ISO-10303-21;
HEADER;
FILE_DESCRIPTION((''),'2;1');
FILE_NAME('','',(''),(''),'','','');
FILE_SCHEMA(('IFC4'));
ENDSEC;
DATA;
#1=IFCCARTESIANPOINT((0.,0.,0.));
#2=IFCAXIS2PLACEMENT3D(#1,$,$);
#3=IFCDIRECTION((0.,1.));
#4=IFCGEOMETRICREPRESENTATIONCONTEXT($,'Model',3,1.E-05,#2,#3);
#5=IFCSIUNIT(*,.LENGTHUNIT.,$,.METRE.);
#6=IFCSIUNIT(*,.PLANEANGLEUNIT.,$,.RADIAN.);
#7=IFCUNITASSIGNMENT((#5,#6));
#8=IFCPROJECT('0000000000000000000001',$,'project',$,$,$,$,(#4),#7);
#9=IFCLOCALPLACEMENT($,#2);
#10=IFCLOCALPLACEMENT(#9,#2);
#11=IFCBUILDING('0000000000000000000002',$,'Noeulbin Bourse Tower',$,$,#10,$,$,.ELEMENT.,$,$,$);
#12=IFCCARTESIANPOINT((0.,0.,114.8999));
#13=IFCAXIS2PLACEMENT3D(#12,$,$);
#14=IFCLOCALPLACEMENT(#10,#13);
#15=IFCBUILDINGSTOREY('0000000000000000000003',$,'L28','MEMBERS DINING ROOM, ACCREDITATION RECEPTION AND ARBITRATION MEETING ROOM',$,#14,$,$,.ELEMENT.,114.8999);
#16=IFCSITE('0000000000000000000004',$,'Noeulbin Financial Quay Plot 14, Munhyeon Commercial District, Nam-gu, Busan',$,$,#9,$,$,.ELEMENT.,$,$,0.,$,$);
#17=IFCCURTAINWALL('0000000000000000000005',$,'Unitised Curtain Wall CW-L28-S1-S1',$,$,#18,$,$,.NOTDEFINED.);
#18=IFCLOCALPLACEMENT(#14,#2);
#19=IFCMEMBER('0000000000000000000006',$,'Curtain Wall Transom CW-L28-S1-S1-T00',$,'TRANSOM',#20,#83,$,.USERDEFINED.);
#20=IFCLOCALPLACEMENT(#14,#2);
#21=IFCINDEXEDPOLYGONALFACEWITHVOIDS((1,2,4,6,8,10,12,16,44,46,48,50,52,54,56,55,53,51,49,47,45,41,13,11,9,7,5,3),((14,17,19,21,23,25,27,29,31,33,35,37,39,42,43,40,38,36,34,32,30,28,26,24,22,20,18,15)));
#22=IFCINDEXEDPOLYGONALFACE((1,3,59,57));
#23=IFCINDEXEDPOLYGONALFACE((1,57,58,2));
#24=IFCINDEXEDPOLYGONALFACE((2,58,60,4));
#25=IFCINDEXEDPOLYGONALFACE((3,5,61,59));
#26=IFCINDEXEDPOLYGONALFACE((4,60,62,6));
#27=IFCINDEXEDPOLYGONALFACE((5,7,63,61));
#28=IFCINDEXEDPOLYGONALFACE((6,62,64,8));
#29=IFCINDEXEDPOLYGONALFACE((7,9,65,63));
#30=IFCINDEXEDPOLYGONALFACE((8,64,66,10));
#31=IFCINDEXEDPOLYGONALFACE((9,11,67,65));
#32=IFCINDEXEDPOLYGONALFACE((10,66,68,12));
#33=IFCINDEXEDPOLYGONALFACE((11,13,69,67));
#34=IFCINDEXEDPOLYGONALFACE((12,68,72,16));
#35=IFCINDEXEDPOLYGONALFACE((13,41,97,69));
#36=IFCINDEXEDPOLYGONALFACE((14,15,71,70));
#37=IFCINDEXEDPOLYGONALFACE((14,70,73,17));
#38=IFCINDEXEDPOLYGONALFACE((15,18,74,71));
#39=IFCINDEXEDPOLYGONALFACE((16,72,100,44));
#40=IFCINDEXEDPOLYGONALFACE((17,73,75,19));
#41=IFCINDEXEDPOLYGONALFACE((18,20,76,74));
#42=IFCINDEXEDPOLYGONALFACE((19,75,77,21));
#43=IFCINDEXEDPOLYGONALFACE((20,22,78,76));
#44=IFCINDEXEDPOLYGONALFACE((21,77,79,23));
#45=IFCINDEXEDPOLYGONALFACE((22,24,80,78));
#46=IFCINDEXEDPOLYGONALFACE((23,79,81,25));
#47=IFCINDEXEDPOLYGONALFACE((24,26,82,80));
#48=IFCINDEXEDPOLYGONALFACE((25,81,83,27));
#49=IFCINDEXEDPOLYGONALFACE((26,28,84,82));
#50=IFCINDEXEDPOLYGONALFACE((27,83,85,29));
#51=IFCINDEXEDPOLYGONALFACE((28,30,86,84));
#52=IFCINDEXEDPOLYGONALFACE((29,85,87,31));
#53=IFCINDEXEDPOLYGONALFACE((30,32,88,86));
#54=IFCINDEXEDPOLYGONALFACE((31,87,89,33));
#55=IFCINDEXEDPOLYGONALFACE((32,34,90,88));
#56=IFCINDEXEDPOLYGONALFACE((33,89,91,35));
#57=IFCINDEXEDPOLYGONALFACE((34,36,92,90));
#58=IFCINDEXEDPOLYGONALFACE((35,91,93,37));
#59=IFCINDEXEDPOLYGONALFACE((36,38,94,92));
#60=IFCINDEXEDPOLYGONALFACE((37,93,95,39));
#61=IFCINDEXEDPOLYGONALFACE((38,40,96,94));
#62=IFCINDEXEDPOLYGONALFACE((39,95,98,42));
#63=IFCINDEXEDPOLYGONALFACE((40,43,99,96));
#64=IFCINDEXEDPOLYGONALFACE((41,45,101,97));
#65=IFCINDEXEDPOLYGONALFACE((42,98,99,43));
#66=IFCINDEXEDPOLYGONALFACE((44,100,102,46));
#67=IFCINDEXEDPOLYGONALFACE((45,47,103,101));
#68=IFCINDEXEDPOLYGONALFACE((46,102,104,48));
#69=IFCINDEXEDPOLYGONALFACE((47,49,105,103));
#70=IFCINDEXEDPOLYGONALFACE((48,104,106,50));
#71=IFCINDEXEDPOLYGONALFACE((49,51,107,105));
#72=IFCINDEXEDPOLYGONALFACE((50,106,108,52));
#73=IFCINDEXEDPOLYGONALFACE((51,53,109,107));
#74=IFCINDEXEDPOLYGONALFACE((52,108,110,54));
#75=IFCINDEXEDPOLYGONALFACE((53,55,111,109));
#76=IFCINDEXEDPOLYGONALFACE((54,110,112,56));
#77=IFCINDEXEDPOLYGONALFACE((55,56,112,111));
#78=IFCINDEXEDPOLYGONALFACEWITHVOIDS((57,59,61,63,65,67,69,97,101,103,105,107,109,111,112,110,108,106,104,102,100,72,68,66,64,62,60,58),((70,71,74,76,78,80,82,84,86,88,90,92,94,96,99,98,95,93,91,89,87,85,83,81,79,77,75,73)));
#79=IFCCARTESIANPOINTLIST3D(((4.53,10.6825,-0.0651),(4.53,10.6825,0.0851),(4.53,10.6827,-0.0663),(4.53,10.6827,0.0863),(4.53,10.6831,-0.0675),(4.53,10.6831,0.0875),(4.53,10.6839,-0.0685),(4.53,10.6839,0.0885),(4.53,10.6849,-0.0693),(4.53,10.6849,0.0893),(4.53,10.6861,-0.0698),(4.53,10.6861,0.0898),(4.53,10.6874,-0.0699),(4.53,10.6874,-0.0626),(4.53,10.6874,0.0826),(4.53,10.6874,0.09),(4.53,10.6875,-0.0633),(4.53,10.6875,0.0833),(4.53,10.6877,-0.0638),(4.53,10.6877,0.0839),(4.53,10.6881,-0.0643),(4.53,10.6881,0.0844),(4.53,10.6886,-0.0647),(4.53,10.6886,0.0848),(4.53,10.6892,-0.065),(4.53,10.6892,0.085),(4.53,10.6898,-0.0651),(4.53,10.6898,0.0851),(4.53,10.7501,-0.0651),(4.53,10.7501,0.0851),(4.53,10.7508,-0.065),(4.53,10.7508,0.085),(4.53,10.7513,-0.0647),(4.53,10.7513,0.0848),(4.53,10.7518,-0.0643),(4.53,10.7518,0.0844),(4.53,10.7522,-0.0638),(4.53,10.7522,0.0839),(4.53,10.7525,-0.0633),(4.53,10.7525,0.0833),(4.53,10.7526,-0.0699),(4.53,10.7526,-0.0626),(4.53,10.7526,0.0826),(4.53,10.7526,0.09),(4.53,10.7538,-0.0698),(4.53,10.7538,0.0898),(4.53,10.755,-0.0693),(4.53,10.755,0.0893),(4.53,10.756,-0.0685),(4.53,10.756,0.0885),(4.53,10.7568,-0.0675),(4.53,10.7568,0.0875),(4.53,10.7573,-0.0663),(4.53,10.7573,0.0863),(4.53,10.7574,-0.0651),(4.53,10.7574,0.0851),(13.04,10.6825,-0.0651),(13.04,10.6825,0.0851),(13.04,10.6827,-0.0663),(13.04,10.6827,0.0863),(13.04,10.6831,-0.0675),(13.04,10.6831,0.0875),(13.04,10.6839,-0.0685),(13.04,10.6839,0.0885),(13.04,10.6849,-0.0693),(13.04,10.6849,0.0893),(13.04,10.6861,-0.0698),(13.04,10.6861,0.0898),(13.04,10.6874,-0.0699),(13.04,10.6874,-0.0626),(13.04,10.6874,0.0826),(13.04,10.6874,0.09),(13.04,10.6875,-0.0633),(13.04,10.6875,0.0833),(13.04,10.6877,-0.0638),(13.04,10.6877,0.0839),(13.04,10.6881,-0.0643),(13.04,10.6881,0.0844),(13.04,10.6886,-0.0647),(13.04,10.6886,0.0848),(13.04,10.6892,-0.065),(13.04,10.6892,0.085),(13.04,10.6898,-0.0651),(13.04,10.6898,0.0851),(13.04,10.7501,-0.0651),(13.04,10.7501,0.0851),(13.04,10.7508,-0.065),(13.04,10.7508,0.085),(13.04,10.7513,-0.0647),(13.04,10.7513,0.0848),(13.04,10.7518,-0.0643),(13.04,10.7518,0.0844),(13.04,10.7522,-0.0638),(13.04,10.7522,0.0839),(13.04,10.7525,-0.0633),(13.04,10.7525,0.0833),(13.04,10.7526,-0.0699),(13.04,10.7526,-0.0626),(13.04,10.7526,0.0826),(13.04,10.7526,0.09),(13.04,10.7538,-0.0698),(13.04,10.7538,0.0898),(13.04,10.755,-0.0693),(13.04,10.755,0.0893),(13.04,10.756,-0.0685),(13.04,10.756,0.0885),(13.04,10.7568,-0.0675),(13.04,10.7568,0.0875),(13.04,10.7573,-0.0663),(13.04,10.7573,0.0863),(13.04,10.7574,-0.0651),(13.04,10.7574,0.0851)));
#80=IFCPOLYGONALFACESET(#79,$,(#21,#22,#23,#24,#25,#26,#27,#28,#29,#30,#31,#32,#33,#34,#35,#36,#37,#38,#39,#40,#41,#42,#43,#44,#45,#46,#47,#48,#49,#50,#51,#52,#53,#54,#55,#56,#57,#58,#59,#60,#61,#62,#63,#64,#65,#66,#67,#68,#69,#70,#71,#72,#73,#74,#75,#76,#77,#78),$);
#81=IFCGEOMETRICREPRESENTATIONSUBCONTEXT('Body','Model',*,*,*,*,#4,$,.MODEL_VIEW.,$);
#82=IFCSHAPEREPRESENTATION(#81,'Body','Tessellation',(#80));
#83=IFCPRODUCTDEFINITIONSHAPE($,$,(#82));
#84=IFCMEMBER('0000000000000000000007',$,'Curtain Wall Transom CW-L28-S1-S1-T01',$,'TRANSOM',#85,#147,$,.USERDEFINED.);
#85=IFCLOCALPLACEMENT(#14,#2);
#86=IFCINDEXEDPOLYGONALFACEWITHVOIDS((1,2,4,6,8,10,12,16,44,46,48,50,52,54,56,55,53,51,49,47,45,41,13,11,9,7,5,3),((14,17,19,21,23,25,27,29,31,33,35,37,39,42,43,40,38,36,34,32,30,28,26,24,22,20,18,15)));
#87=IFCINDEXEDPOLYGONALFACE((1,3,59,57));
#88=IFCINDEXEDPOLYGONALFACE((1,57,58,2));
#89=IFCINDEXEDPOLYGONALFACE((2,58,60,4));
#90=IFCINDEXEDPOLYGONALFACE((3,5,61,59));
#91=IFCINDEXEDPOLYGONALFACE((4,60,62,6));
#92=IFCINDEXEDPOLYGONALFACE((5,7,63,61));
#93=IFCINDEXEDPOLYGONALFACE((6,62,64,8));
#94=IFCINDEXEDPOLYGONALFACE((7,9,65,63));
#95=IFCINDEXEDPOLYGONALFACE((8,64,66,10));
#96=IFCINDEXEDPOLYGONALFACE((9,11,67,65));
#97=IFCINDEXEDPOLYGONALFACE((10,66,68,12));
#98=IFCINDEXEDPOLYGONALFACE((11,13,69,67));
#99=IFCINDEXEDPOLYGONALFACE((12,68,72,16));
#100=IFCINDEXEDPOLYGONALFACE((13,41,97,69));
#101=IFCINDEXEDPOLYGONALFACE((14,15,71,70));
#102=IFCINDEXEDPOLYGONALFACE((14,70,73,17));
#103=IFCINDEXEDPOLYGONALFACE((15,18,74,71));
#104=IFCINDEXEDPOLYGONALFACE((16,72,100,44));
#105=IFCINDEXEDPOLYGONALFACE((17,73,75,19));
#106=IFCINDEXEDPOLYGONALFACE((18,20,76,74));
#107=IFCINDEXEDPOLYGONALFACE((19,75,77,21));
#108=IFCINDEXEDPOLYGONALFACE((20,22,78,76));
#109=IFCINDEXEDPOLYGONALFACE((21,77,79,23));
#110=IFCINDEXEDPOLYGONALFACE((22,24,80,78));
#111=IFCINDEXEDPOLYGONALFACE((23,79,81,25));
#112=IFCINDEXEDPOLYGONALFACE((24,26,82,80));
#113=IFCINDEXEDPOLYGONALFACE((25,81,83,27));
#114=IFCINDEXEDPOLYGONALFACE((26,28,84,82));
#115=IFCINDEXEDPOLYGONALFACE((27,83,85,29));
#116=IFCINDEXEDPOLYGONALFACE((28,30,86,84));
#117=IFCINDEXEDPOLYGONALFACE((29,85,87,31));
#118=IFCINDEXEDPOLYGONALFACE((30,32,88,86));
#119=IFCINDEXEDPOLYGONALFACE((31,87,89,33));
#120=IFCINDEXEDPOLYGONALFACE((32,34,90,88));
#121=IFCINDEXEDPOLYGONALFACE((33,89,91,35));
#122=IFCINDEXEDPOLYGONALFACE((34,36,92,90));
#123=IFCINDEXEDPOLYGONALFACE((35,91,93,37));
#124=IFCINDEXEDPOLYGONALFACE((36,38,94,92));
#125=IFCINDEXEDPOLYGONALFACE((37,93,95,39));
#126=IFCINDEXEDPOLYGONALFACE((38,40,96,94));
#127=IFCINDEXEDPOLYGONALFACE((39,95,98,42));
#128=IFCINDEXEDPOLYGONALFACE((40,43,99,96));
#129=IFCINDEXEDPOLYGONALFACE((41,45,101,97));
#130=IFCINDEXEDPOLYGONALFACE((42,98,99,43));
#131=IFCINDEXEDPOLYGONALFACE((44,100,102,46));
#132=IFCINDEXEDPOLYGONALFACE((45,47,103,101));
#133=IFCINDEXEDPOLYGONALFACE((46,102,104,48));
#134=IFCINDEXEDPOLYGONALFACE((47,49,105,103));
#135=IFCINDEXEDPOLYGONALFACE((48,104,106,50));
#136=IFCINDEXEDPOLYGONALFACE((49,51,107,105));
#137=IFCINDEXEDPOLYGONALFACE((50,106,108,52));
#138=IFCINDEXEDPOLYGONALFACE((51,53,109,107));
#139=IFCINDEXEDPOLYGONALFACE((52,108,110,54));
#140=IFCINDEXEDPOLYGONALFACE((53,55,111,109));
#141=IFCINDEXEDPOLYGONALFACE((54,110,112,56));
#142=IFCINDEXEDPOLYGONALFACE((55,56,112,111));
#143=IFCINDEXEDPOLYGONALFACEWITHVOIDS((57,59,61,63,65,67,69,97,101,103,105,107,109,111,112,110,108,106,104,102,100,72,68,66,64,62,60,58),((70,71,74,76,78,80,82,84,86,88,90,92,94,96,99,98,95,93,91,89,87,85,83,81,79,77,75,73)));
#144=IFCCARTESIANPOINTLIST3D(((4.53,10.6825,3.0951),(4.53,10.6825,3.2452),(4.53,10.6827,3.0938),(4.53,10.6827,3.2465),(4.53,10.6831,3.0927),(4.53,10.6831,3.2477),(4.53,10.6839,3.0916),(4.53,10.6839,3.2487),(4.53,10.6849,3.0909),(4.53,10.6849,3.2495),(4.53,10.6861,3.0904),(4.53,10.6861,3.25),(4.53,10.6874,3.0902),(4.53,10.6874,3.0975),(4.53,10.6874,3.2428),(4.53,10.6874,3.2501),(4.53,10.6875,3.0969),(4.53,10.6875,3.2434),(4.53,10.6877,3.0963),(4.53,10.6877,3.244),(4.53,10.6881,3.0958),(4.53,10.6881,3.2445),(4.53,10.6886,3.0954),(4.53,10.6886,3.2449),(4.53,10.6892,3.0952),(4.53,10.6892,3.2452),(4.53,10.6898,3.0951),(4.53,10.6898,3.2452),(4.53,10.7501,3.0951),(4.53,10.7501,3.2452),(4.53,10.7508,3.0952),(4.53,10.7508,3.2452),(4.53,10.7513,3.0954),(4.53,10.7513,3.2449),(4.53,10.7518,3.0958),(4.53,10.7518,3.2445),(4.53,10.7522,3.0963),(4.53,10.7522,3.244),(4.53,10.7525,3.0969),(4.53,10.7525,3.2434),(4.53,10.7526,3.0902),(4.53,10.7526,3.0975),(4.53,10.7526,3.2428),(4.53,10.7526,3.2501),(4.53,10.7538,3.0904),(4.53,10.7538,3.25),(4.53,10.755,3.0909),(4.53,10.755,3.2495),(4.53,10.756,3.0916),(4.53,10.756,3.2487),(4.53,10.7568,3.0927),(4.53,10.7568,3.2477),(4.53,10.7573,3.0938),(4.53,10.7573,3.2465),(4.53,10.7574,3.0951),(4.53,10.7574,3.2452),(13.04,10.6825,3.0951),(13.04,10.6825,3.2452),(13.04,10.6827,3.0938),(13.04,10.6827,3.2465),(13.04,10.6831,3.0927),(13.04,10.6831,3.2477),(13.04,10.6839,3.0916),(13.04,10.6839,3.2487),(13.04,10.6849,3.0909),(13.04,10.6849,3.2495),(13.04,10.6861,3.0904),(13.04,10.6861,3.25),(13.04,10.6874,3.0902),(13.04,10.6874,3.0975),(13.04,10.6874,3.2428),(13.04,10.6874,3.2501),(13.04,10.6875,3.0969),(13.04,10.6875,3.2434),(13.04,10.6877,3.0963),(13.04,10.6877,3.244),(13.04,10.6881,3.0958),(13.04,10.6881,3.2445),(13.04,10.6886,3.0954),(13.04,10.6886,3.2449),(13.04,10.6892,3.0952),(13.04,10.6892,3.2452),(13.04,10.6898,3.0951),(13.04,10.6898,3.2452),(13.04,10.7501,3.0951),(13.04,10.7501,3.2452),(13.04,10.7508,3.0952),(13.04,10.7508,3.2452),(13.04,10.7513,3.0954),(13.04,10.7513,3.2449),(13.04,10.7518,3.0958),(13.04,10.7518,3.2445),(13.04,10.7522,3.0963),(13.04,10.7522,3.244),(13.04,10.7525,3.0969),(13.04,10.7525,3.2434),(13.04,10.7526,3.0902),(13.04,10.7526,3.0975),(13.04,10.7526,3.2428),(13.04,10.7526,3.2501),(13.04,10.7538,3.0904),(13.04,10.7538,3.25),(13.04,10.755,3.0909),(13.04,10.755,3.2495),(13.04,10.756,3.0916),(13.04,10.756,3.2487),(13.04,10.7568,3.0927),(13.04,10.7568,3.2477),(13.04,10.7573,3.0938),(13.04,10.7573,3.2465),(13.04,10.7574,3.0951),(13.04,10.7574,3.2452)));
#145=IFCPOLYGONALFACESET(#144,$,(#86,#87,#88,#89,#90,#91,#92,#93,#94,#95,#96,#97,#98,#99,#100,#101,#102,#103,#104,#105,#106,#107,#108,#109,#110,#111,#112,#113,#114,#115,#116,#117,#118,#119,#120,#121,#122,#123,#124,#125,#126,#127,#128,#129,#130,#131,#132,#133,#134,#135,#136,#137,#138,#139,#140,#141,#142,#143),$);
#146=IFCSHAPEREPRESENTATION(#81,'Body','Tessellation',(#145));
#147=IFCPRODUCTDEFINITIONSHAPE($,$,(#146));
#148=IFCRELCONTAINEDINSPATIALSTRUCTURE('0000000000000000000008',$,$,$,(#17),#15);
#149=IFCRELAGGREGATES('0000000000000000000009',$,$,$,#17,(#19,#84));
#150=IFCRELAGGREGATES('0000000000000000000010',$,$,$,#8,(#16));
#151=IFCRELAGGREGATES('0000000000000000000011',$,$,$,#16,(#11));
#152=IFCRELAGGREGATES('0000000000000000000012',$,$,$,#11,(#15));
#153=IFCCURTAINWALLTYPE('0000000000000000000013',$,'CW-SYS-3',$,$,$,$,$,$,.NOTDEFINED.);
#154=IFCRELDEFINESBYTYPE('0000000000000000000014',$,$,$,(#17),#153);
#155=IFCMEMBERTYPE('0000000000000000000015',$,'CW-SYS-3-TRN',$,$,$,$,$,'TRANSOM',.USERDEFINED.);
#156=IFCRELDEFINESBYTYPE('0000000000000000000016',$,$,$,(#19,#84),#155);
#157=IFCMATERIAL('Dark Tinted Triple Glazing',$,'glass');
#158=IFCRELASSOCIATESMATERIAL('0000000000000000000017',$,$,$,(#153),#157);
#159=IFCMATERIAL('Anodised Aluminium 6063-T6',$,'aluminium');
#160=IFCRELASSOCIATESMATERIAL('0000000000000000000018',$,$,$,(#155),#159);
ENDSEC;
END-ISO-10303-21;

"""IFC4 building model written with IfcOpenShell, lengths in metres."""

from ifc_helpers import new_model, si_unit, direction, frame, origin, origin_2d, place, context, subcontext, project, spatial, hollow_rectangle, extrude, material, material_profile, profile_set, type_object, element, aggregate, save


model = new_model("IFC4")

# Units and contexts
model_context = context("Model", 3, precision=1e-05, world=origin(), true_north=direction((0.0, 1.0)))
body_context = subcontext(model_context, "Body", "Model", "MODEL_VIEW")
ifc_project = project(units=[si_unit("LENGTHUNIT", "METRE"), si_unit("PLANEANGLEUNIT", "RADIAN")], contexts=[model_context])

# Site, building, storey
site_placement = place(None, origin())
site = spatial("IfcSite", under=ifc_project, at=site_placement, Name="Noeulbin Financial Quay Plot 14, Munhyeon Commercial District, Nam-gu, Busan", CompositionType="ELEMENT", RefElevation=0.0)
building_placement = place(site_placement, origin())
building = spatial("IfcBuilding", under=site, at=building_placement, Name="Noeulbin Bourse Tower", CompositionType="ELEMENT")
storey_placement = place(building_placement, frame((0.0, 0.0, 114.8999)))
storey = spatial("IfcBuildingStorey", under=building, at=storey_placement, Name="L28", Description="MEMBERS DINING ROOM, ACCREDITATION RECEPTION AND ARBITRATION MEETING ROOM", CompositionType="ELEMENT", Elevation=114.8999)

# Curtain wall
ifc_material_1 = material(Name="Dark Tinted Triple Glazing", Category="glass")
curtain_wall_type = type_object("IfcCurtainWallType", Name="CW-SYS-3", PredefinedType="NOTDEFINED", material=ifc_material_1)
curtain_wall_1_placement = place(storey_placement, origin())
curtain_wall_1 = element("IfcCurtainWall", 1, at=curtain_wall_1_placement, inside=storey, type_object=curtain_wall_type, Name="Unitised Curtain Wall CW-L28-S1-S1", PredefinedType="NOTDEFINED")
ifc_material_2 = material(Name="Anodised Aluminium 6063-T6", Category="aluminium")

# Members
ifc_material_profile_1 = material_profile(ifc_material_2, hollow_rectangle(XDim=0.075, YDim=0.1599, WallThickness=0.0049, InnerFilletRadius=0.0024, OuterFilletRadius=0.0049, at=origin_2d()), Name="ALU-TRAN-75x160x5", Category="LoadBearing")
ifc_profile_set_1 = profile_set([ifc_material_profile_1], Name="Anodised Aluminium 6063-T6")
member_type_1 = type_object("IfcMemberType", Name="CW-SYS-3-TRN", ElementType="TRANSOM", PredefinedType="USERDEFINED", material=ifc_profile_set_1)
member_1_placement = place(storey_placement, frame((4.53, 10.72, 0.01), z_axis=(1.0, 0.0, 0.0), x_axis=(0.0, 1.0, 0.0)))
member_1 = element("IfcMember", 2, at=member_1_placement, type_object=member_type_1, Name="Curtain Wall Transom CW-L28-S1-S1-T00", ObjectType="TRANSOM", PredefinedType="USERDEFINED", context=body_context, shape_type="SweptSolid", body=[
    extrude(hollow_rectangle(XDim=0.075, YDim=0.1599, WallThickness=0.0049, InnerFilletRadius=0.0024, OuterFilletRadius=0.0049, at=origin_2d()), origin(), (0.0, 0.0, 1.0), 8.51),
])
member_2_placement = place(storey_placement, frame((4.53, 10.72, 3.1702), z_axis=(1.0, 0.0, 0.0), x_axis=(0.0, 1.0, 0.0)))
member_2 = element("IfcMember", 3, at=member_2_placement, type_object=member_type_1, Name="Curtain Wall Transom CW-L28-S1-S1-T01", ObjectType="TRANSOM", PredefinedType="USERDEFINED", context=body_context, shape_type="SweptSolid", body=[
    extrude(hollow_rectangle(XDim=0.075, YDim=0.1599, WallThickness=0.0049, InnerFilletRadius=0.0024, OuterFilletRadius=0.0049, at=origin_2d()), origin(), (0.0, 0.0, 1.0), 8.51),
])

aggregate(curtain_wall_1, [member_1, member_2])

save(model, "model.ifc")
